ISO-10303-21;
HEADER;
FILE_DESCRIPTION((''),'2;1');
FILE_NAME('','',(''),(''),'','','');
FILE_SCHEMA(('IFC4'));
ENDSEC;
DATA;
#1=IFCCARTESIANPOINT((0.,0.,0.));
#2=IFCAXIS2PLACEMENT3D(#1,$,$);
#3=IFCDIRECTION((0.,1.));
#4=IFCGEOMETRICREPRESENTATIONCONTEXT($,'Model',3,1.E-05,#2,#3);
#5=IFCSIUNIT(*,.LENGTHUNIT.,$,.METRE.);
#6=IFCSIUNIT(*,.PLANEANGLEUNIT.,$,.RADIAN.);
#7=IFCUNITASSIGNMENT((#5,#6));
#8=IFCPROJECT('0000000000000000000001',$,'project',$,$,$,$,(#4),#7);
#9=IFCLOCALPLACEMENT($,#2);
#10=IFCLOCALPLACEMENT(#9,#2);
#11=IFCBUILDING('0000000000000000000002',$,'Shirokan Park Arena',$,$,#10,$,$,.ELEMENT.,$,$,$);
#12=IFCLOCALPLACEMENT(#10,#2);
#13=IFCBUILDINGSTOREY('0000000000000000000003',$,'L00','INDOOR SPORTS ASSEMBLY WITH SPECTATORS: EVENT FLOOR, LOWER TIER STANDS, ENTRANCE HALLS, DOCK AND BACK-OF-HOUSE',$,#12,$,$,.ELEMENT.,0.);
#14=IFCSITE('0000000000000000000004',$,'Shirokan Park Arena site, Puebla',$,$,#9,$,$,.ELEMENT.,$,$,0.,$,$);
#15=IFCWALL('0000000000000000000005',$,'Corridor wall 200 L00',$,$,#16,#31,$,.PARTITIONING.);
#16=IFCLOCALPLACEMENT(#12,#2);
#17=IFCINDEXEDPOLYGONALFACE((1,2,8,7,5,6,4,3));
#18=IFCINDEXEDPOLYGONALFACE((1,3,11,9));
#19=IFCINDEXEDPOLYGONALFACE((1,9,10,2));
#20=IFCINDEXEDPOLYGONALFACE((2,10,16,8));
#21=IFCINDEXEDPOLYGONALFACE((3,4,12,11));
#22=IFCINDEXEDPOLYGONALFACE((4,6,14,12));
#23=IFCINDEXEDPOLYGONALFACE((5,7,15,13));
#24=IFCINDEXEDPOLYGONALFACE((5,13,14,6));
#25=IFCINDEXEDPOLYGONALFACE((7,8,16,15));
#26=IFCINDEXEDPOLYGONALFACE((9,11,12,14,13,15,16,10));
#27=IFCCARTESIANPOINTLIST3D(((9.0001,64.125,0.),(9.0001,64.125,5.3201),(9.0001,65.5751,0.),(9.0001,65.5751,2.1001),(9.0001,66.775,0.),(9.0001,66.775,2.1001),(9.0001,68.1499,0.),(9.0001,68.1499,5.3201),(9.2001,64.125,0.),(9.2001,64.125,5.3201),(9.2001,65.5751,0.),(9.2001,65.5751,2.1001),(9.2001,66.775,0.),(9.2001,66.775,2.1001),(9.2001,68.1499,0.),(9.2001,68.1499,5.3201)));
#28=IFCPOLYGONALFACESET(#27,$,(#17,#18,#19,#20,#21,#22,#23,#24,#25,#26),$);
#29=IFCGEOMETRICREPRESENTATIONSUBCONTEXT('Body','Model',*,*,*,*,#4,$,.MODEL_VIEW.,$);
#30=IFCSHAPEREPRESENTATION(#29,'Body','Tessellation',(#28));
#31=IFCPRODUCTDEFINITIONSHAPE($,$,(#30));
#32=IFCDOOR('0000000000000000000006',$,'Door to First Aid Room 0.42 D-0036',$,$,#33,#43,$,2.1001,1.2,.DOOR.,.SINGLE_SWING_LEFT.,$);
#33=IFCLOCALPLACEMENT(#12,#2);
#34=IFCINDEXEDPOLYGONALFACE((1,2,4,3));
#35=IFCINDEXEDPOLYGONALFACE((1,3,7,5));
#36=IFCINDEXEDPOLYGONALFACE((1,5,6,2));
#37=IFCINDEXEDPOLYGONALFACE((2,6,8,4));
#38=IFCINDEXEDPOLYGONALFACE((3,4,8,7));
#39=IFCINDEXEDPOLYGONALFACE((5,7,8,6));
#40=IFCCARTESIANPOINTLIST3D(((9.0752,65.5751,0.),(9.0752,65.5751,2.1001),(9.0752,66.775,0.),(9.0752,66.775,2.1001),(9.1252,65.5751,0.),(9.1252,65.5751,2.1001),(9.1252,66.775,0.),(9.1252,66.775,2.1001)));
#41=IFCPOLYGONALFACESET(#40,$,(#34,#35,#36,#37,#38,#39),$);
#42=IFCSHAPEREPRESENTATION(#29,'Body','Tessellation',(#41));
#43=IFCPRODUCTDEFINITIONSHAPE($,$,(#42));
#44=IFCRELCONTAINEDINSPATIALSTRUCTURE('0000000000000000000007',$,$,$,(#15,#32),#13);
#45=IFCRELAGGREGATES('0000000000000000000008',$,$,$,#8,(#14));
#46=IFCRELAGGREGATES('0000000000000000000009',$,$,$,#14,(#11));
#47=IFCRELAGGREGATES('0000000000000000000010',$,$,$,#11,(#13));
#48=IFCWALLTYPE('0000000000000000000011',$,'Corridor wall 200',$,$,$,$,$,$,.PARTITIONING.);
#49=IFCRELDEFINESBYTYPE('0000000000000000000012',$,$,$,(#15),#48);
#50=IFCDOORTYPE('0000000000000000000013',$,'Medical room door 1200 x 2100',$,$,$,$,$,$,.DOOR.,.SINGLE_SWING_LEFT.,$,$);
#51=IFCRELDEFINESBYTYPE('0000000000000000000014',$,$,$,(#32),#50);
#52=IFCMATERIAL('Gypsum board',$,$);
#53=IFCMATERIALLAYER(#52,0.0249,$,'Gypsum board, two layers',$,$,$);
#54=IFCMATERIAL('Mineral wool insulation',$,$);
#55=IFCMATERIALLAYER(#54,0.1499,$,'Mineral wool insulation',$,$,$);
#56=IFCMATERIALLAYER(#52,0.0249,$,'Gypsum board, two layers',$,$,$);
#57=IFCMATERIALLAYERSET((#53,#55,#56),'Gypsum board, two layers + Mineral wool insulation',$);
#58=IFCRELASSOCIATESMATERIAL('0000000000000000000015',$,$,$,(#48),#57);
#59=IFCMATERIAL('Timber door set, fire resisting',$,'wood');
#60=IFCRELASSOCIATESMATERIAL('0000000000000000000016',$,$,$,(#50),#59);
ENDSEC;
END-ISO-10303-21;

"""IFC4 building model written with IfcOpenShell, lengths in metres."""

from ifc_helpers import new_model, si_unit, direction, frame, frame_2d, origin, place, context, subcontext, project, spatial, rectangle, extrude, material, layer, layer_set, type_object, element, fill, save


model = new_model("IFC4")

# Units and contexts
model_context = context("Model", 3, precision=1e-05, world=origin(), true_north=direction((0.0, 1.0)))
body_context = subcontext(model_context, "Body", "Model", "MODEL_VIEW")
ifc_project = project(units=[si_unit("LENGTHUNIT", "METRE"), si_unit("PLANEANGLEUNIT", "RADIAN")], contexts=[model_context])

# Site, building, storey
site_placement = place(None, origin())
site = spatial("IfcSite", under=ifc_project, at=site_placement, Name="Shirokan Park Arena site, Puebla", CompositionType="ELEMENT", RefElevation=0.0)
building_placement = place(site_placement, origin())
building = spatial("IfcBuilding", under=site, at=building_placement, Name="Shirokan Park Arena", CompositionType="ELEMENT")
storey_placement = place(building_placement, origin())
storey = spatial("IfcBuildingStorey", under=building, at=storey_placement, Name="L00", Description="INDOOR SPORTS ASSEMBLY WITH SPECTATORS: EVENT FLOOR, LOWER TIER STANDS, ENTRANCE HALLS, DOCK AND BACK-OF-HOUSE", CompositionType="ELEMENT", Elevation=0.0)

# Shared definitions
ifc_material_1 = material(Name="Gypsum board")
ifc_layer_1 = layer(ifc_material_1, 0.0249, Name="Gypsum board, two layers")
ifc_material_2 = material(Name="Mineral wool insulation")
ifc_layer_2 = layer(ifc_material_2, 0.1499, Name="Mineral wool insulation")
ifc_layer_3 = layer(ifc_material_1, 0.0249, Name="Gypsum board, two layers")
ifc_layer_set = layer_set([ifc_layer_1, ifc_layer_2, ifc_layer_3], Name="Gypsum board, two layers + Mineral wool insulation")
wall_type = type_object("IfcWallType", Name="Corridor wall 200", PredefinedType="PARTITIONING", material=ifc_layer_set)
ifc_material_3 = material(Name="Timber door set, fire resisting", Category="wood")
door_type_1 = type_object("IfcDoorType", Name="Medical room door 1200 x 2100", OperationType="SINGLE_SWING_LEFT", PredefinedType="DOOR", material=ifc_material_3)

# Wall, opening, door
wall_1_placement = place(storey_placement, frame((9.1001, 64.125, 0.0), z_axis=(0.0, 0.0, 1.0), x_axis=(0.0, 1.0, 0.0)))
wall_1 = element("IfcWall", 1, at=wall_1_placement, inside=storey, type_object=wall_type, Name="Corridor wall 200 L00", PredefinedType="PARTITIONING", context=body_context, shape_type="SweptSolid", body=[
    extrude(rectangle(XDim=4.0249, YDim=0.2, at=frame_2d((2.0125, 0.0))), origin(), (0.0, 0.0, 1.0), 5.3201),
])
opening_1_placement = place(wall_1_placement, frame((1.45, 0.0, 0.0)))
opening_1 = element("IfcOpeningElement", 2, at=opening_1_placement, cuts=wall_1, PredefinedType="OPENING", context=body_context, shape_type="SweptSolid", body=[
    extrude(rectangle(XDim=1.2, YDim=2.1001, at=frame_2d((0.6001, 1.05))), frame((0.0, 0.1099, 0.0), z_axis=(0.0, -1.0, 0.0), x_axis=(1.0, 0.0, 0.0)), (0.0, 0.0, 1.0), 0.22),
])
door_1_placement = place(opening_1_placement, origin())
door_1 = element("IfcDoor", 3, at=door_1_placement, inside=storey, type_object=door_type_1, Name="Door to First Aid Room 0.42 D-0036", OperationType="SINGLE_SWING_LEFT", OverallHeight=2.1001, OverallWidth=1.2, PredefinedType="DOOR", context=body_context, shape_type="SweptSolid", body=[
    extrude(rectangle(XDim=1.2, YDim=2.1001, at=frame_2d((0.6001, 1.05))), frame((0.0, 0.0249, 0.0), z_axis=(0.0, -1.0, 0.0), x_axis=(1.0, 0.0, 0.0)), (0.0, 0.0, 1.0), 0.05),
])
fill(opening_1, door_1)

save(model, "model.ifc")
